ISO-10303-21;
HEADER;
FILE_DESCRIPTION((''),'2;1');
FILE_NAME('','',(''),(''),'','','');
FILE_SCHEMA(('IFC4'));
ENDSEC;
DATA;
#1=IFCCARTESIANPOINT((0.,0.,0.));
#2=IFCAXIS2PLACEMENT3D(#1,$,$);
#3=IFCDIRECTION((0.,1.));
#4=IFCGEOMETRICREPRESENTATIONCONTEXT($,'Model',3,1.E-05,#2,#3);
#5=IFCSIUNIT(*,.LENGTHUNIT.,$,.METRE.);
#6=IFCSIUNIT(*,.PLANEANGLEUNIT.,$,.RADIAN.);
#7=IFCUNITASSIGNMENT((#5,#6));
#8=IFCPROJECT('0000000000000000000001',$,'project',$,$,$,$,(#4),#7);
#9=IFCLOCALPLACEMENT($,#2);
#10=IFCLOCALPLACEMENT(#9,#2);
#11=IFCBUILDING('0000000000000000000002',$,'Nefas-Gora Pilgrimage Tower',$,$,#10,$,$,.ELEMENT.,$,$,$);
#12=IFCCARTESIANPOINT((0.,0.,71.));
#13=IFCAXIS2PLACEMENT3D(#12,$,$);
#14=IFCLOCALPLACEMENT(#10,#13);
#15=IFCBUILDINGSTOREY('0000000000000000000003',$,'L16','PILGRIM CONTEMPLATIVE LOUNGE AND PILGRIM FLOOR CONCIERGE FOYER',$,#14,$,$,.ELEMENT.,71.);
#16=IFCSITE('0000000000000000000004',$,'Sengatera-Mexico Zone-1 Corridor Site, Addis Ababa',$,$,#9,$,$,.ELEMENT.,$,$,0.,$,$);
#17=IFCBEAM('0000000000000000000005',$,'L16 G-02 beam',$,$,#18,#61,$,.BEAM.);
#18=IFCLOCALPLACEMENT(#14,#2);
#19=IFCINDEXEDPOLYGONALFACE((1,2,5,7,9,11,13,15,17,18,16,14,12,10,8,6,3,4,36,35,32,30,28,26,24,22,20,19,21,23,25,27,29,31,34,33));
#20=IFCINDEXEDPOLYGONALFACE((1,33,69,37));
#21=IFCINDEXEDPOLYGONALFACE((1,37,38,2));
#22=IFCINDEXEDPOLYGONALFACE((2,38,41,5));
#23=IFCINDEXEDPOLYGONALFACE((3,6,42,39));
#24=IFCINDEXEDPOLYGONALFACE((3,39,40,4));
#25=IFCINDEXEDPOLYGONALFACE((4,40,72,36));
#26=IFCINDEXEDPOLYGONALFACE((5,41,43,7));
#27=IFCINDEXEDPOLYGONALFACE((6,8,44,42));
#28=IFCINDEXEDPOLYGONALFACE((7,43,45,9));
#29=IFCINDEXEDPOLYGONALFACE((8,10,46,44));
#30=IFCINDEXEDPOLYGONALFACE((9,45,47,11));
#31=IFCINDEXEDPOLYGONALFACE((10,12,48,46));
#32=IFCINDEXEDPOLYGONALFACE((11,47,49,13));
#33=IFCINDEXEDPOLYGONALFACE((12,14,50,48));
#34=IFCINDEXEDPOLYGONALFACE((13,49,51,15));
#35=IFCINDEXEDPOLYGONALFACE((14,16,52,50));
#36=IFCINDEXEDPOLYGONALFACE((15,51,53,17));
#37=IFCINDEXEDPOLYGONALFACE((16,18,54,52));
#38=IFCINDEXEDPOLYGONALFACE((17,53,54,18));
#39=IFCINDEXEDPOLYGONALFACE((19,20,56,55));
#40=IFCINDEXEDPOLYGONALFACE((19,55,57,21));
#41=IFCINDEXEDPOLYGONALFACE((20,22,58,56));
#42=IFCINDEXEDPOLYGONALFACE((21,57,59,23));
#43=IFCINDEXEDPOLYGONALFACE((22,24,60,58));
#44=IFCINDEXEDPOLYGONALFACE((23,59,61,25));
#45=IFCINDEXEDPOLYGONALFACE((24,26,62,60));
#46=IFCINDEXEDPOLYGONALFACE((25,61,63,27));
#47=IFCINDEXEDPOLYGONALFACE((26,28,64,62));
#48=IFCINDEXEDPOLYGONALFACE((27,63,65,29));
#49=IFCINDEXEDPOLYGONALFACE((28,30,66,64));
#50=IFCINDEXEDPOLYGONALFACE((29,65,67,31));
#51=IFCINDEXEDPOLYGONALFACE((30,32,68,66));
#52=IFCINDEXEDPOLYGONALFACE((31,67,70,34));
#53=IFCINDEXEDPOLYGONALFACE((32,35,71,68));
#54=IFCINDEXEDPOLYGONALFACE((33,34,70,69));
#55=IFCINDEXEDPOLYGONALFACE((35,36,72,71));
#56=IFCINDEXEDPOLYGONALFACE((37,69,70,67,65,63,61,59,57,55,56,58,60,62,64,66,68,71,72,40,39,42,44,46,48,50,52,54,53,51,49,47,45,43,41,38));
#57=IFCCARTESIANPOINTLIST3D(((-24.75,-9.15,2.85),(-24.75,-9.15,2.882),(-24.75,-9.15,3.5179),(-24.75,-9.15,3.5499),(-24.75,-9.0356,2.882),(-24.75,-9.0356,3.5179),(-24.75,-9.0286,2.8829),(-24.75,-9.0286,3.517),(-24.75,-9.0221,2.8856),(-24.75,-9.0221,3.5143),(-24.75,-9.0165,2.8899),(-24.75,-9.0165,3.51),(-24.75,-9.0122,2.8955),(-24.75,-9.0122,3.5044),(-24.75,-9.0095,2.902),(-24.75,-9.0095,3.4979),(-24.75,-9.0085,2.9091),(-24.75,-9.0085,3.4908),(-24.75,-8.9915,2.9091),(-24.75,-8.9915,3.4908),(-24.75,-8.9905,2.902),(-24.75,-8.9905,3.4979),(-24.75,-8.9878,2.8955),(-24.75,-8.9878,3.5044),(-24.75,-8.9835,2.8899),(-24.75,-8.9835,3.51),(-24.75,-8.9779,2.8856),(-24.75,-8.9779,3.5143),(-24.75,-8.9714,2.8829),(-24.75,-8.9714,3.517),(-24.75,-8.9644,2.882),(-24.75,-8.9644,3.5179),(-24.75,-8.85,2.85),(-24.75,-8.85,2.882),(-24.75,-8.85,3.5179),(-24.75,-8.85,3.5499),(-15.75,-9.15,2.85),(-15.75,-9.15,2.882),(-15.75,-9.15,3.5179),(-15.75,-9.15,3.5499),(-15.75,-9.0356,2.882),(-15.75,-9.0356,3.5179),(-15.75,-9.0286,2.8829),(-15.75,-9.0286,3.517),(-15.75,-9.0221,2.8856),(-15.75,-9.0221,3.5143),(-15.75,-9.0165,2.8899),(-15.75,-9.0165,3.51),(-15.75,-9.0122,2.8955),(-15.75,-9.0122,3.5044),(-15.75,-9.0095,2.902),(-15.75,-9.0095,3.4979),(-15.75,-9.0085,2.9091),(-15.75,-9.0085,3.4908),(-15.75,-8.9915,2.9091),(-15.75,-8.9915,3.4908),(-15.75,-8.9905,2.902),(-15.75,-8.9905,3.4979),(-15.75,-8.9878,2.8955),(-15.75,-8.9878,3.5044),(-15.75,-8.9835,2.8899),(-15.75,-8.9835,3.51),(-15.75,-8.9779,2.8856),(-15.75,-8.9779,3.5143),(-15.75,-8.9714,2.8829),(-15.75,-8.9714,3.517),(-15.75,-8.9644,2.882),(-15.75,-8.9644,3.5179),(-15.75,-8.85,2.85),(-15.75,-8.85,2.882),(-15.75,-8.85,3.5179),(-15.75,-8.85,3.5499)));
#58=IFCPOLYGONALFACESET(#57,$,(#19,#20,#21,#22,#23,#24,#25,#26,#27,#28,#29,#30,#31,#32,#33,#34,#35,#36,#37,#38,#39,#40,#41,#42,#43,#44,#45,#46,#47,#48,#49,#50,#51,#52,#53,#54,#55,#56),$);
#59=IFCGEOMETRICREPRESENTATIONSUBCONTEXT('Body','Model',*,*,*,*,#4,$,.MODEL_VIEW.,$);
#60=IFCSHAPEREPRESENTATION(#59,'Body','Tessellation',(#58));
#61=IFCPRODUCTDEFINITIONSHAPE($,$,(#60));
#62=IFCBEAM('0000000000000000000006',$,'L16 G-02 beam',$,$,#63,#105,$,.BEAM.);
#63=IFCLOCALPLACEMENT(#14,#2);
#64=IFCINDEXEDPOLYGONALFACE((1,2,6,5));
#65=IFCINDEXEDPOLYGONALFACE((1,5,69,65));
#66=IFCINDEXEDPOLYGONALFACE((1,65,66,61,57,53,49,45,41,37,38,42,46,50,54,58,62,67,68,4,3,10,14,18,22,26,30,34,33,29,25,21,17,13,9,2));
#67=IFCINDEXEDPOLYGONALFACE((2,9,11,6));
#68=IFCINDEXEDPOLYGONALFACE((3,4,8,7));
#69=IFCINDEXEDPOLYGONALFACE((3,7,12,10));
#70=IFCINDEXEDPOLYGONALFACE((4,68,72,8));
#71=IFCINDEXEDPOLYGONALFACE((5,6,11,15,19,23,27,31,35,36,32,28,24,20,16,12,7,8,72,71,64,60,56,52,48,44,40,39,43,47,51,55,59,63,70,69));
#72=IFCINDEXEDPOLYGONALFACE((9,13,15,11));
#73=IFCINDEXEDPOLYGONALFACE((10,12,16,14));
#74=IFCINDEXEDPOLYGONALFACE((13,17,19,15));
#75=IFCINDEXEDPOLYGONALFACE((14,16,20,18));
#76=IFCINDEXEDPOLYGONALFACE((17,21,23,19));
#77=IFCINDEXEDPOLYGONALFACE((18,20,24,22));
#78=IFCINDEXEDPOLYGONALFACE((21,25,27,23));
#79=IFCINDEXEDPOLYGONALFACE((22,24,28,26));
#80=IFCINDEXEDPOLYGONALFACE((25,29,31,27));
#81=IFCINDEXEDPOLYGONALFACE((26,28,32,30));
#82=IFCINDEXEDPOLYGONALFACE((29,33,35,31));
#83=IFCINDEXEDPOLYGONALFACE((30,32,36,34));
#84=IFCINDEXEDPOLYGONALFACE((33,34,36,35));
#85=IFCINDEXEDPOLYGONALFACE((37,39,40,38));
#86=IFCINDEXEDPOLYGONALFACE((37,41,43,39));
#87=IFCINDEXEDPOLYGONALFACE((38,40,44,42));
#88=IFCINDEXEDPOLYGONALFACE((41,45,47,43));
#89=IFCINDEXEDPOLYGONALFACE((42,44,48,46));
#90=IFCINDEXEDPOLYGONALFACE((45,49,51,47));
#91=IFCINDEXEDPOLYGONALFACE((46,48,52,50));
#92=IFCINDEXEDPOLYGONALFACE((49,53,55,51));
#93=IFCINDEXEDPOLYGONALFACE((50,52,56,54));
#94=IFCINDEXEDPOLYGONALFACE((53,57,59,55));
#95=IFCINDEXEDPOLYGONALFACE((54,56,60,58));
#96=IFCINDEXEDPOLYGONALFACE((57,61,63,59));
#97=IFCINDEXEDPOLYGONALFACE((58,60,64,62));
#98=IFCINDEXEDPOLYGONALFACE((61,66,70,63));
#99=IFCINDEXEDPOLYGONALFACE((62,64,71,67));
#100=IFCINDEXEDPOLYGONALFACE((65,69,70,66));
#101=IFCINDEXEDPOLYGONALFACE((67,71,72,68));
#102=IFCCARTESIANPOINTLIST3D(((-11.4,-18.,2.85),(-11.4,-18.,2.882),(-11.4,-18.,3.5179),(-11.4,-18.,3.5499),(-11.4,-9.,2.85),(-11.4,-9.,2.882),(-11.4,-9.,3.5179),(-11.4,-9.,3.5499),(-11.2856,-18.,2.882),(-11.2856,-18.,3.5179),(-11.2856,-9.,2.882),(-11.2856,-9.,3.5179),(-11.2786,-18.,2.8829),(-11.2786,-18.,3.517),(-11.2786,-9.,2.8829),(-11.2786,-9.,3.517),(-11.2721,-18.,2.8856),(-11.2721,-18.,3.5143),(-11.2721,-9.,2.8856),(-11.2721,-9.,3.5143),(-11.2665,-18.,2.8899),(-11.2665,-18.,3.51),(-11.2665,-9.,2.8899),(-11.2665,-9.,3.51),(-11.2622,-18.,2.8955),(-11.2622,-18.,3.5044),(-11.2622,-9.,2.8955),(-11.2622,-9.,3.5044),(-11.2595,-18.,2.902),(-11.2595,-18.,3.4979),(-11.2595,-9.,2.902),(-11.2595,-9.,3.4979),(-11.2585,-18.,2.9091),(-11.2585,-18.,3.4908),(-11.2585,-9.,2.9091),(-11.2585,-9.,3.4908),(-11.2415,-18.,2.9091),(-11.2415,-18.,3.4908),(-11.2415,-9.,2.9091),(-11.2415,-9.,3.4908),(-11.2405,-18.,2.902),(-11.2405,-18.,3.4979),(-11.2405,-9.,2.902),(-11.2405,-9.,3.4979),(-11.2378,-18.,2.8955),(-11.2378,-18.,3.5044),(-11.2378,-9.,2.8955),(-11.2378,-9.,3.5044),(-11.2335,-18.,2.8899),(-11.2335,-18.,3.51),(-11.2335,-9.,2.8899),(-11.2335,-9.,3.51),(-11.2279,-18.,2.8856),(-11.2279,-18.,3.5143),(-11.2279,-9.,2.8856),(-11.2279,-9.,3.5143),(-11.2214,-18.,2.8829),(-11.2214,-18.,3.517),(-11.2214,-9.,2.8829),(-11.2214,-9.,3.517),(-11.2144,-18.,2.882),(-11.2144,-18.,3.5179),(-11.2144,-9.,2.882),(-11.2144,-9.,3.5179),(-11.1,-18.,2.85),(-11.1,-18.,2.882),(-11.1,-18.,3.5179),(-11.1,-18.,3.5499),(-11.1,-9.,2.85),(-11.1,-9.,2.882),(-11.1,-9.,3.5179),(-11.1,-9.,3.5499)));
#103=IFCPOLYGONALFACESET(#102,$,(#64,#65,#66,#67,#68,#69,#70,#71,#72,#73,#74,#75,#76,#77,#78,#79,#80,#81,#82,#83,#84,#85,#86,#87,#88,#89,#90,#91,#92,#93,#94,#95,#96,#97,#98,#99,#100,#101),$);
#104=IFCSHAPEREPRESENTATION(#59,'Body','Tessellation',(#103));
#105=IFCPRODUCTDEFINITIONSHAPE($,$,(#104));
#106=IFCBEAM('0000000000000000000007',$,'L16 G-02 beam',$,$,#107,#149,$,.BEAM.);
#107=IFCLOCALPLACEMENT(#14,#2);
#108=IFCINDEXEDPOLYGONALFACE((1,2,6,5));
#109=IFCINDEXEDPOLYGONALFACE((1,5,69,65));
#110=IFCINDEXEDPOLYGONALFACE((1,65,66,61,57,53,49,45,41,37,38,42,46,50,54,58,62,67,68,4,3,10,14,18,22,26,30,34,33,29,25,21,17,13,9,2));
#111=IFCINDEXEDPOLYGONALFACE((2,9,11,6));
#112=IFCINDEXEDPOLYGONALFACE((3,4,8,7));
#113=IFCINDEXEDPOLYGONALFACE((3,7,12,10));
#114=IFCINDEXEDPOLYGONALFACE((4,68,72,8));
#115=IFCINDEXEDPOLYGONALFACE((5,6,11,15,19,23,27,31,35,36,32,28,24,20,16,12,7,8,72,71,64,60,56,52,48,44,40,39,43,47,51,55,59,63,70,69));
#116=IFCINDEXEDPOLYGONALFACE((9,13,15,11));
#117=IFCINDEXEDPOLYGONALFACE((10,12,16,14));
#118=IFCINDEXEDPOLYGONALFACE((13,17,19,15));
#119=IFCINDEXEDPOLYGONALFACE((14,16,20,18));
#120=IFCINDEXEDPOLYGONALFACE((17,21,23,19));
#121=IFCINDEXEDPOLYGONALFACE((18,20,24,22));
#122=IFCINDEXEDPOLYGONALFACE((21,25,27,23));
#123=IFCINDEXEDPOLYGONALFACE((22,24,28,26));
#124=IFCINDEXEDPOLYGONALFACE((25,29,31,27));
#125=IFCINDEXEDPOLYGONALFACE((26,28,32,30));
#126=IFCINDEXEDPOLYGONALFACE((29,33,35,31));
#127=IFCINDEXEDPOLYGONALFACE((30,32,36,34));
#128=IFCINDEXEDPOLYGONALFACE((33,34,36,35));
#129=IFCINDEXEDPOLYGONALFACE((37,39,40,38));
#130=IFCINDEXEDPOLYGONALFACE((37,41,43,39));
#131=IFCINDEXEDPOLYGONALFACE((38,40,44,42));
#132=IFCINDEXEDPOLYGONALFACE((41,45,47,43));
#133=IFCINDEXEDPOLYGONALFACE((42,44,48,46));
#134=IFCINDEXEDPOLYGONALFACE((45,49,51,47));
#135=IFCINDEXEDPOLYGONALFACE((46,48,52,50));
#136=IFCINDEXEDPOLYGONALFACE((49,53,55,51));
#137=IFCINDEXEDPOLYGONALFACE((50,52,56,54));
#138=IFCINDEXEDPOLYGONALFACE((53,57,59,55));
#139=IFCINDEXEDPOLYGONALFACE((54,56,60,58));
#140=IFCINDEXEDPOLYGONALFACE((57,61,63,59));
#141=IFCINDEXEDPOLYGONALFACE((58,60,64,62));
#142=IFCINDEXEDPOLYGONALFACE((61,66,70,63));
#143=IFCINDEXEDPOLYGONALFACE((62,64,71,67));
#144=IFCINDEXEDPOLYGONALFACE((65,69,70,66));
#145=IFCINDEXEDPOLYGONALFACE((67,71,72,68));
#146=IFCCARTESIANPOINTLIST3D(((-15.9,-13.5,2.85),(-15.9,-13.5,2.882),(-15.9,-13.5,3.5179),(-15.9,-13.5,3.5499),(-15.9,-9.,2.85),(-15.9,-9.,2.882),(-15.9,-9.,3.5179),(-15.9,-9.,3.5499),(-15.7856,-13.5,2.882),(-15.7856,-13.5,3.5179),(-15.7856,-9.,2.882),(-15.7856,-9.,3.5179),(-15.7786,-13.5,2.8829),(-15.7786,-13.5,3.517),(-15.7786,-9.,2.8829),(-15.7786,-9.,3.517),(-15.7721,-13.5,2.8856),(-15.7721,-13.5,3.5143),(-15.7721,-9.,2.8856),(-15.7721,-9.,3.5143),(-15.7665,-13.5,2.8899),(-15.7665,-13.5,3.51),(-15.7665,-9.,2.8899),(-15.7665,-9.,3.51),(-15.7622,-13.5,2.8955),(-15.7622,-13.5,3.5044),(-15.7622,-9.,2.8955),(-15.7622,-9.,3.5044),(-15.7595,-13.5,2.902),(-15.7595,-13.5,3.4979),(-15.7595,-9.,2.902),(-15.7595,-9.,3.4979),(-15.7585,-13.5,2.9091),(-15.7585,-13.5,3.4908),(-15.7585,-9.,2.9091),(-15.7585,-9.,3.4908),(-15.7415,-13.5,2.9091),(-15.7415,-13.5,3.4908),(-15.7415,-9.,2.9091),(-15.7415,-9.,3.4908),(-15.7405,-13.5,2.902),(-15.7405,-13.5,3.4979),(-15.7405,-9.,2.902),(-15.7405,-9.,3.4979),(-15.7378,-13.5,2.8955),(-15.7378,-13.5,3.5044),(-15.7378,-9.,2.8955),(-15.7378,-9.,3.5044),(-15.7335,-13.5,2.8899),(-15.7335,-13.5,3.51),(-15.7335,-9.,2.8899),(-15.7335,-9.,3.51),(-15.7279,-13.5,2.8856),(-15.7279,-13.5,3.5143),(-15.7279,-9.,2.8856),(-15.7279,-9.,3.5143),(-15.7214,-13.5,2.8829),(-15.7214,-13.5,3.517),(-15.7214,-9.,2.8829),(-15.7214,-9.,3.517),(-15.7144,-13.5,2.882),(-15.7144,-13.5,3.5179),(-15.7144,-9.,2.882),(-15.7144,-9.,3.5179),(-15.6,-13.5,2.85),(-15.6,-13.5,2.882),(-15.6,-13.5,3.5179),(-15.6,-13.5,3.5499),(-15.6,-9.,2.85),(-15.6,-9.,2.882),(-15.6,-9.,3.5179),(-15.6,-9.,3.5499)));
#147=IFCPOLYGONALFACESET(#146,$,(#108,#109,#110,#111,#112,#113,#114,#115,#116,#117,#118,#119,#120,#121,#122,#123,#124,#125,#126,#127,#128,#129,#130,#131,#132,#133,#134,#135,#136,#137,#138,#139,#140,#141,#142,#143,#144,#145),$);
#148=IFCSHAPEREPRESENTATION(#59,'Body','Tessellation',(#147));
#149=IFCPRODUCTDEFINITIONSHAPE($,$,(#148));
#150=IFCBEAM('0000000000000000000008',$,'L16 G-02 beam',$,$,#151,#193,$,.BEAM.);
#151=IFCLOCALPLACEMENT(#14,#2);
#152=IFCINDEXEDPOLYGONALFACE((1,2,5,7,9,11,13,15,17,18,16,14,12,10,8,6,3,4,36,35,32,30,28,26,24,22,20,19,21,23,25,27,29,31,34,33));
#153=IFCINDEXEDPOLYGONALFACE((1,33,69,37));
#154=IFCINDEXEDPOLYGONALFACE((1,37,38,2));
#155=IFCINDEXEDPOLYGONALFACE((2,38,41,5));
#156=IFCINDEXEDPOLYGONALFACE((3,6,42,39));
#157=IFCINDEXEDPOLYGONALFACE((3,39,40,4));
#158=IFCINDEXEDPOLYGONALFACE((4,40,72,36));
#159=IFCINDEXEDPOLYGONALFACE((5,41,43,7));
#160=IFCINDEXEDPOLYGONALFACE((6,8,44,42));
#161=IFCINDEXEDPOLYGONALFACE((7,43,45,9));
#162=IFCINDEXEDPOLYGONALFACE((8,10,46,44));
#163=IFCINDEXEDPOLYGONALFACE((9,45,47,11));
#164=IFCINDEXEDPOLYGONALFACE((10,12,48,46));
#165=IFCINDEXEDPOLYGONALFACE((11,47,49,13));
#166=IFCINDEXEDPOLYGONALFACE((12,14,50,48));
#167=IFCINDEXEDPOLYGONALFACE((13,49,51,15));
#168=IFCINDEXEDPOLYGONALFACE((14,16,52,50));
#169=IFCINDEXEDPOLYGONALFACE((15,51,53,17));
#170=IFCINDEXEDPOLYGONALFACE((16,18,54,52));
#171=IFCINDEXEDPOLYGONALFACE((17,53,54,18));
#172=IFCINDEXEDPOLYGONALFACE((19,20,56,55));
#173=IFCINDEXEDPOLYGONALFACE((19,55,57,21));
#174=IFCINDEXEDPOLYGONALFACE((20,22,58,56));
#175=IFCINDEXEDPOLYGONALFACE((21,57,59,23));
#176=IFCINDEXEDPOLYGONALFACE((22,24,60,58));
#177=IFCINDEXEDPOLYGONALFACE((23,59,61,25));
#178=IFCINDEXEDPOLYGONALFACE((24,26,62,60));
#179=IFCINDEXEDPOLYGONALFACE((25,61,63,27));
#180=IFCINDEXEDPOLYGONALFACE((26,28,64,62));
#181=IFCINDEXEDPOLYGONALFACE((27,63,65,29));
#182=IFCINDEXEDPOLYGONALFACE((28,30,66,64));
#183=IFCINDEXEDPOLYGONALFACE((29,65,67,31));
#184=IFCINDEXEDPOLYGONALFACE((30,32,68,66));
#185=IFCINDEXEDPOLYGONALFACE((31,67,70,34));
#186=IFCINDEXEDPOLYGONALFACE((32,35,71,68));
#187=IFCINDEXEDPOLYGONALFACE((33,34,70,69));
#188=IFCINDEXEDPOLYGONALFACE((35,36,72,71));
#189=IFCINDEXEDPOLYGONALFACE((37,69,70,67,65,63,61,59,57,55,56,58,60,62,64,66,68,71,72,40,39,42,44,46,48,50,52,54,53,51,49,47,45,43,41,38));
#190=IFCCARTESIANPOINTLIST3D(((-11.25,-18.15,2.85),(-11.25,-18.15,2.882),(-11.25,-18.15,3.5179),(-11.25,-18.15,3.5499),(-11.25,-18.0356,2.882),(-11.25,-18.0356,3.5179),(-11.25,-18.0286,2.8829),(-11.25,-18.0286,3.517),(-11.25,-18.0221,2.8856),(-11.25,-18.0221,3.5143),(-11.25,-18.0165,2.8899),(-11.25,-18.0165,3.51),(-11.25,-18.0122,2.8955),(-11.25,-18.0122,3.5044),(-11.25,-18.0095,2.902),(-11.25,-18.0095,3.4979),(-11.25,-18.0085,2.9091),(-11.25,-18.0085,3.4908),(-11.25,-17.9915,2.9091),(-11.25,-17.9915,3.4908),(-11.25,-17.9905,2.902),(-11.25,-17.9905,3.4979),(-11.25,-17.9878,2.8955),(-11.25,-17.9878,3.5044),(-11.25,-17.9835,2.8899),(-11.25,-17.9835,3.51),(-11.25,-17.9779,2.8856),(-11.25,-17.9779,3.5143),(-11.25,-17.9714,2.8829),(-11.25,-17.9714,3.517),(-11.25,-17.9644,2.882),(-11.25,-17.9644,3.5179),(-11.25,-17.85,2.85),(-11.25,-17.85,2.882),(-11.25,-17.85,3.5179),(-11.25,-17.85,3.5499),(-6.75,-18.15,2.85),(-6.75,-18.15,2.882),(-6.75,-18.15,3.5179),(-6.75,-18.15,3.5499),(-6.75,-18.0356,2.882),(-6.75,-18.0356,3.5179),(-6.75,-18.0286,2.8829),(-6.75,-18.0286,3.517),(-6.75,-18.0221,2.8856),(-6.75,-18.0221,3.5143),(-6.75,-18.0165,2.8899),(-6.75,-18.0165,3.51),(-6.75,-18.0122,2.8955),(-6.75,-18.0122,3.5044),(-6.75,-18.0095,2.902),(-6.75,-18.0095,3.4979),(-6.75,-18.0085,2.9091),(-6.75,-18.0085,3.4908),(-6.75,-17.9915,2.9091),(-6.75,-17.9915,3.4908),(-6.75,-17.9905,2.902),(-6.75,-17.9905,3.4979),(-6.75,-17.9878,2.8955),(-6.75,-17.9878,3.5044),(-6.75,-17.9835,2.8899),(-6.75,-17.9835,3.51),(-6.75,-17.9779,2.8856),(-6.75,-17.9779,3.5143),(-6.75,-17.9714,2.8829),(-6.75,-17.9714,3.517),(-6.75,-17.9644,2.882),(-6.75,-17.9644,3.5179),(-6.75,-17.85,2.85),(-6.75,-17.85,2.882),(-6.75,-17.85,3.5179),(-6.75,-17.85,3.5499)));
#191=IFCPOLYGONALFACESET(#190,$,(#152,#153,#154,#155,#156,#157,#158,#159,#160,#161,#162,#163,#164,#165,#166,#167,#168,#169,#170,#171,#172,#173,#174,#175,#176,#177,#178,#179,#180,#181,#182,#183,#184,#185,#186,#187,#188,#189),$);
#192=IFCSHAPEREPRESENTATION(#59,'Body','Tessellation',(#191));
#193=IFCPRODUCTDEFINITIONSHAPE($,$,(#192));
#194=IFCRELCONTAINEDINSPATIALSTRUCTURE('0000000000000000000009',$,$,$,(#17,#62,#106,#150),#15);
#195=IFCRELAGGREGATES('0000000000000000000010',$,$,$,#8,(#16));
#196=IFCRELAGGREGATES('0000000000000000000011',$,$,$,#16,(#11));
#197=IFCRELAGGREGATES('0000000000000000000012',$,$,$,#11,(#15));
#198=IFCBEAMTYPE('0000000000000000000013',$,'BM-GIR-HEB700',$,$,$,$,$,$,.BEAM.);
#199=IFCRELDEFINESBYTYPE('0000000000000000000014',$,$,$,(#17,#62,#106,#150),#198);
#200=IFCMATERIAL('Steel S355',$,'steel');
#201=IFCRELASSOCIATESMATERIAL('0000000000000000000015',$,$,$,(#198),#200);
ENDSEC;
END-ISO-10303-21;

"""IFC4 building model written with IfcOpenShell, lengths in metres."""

from ifc_helpers import new_model, si_unit, direction, frame, origin, origin_2d, place, context, subcontext, project, spatial, i_section, extrude, source, transform, mapped, material, material_profile, profile_set, type_object, element, save


model = new_model("IFC4")

# Units and contexts
model_context = context("Model", 3, precision=1e-05, world=origin(), true_north=direction((0.0, 1.0)))
body_context = subcontext(model_context, "Body", "Model", "MODEL_VIEW")
ifc_project = project(units=[si_unit("LENGTHUNIT", "METRE"), si_unit("PLANEANGLEUNIT", "RADIAN")], contexts=[model_context])

# Site, building, storey
site_placement = place(None, origin())
site = spatial("IfcSite", under=ifc_project, at=site_placement, Name="Sengatera-Mexico Zone-1 Corridor Site, Addis Ababa", CompositionType="ELEMENT", RefElevation=0.0)
building_placement = place(site_placement, origin())
building = spatial("IfcBuilding", under=site, at=building_placement, Name="Nefas-Gora Pilgrimage Tower", CompositionType="ELEMENT")
storey_placement = place(building_placement, frame((0.0, 0.0, 71.0)))
storey = spatial("IfcBuildingStorey", under=building, at=storey_placement, Name="L16", Description="PILGRIM CONTEMPLATIVE LOUNGE AND PILGRIM FLOOR CONCIERGE FOYER", CompositionType="ELEMENT", Elevation=71.0)

# Beams
ifc_material_1 = material(Name="Steel S355", Category="steel")
ifc_material_profile_1 = material_profile(ifc_material_1, i_section(OverallWidth=0.3, OverallDepth=0.7, WebThickness=0.0171, FlangeThickness=0.032, FilletRadius=0.0271, at=origin_2d()), Name="HEB 700")
ifc_profile_set_1 = profile_set([ifc_material_profile_1], Name="Steel S355")
beam_type = type_object("IfcBeamType", Name="BM-GIR-HEB700", PredefinedType="BEAM", material=ifc_profile_set_1)
shared_shape_1 = source(origin(), body_context, "Body", "SweptSolid", [
    extrude(i_section(OverallWidth=0.3, OverallDepth=0.7, WebThickness=0.0171, FlangeThickness=0.032, FilletRadius=0.0271, at=origin_2d()), origin(), (0.0, 0.0, 1.0), 9.0),
])
for number, where, z_axis, x_axis, name in (
    (1, (-24.75, -9.0, 3.2), (1.0, 0.0, 0.0), (0.0, 1.0, 0.0), "L16 G-02 beam"),
    (2, (-11.25, -18.0, 3.2), (0.0, 1.0, 0.0), (-1.0, 0.0, 0.0), "L16 G-02 beam"),
):
    element("IfcBeam", number, at=place(storey_placement, frame(where, z_axis=z_axis, x_axis=x_axis)), inside=storey, type_object=beam_type, Name=name, PredefinedType="BEAM", context=body_context, shape_type="MappedRepresentation", body=[
        mapped(shared_shape_1, transform((0.0, 0.0, 0.0), x_axis=(1.0, 0.0, 0.0), y_axis=(0.0, 1.0, 0.0), z_axis=(0.0, 0.0, 1.0), scale=1.0)),
    ])
shared_shape_2 = source(origin(), body_context, "Body", "SweptSolid", [
    extrude(i_section(OverallWidth=0.3, OverallDepth=0.7, WebThickness=0.0171, FlangeThickness=0.032, FilletRadius=0.0271, at=origin_2d()), origin(), (0.0, 0.0, 1.0), 4.5),
])
for number, where, z_axis, x_axis, name in (
    (3, (-15.75, -13.5, 3.2), (0.0, 1.0, 0.0), (-1.0, 0.0, 0.0), "L16 G-02 beam"),
    (4, (-11.25, -18.0, 3.2), (1.0, 0.0, 0.0), (0.0, 1.0, 0.0), "L16 G-02 beam"),
):
    element("IfcBeam", number, at=place(storey_placement, frame(where, z_axis=z_axis, x_axis=x_axis)), inside=storey, type_object=beam_type, Name=name, PredefinedType="BEAM", context=body_context, shape_type="MappedRepresentation", body=[
        mapped(shared_shape_2, transform((0.0, 0.0, 0.0), x_axis=(1.0, 0.0, 0.0), y_axis=(0.0, 1.0, 0.0), z_axis=(0.0, 0.0, 1.0), scale=1.0)),
    ])

save(model, "model.ifc")
